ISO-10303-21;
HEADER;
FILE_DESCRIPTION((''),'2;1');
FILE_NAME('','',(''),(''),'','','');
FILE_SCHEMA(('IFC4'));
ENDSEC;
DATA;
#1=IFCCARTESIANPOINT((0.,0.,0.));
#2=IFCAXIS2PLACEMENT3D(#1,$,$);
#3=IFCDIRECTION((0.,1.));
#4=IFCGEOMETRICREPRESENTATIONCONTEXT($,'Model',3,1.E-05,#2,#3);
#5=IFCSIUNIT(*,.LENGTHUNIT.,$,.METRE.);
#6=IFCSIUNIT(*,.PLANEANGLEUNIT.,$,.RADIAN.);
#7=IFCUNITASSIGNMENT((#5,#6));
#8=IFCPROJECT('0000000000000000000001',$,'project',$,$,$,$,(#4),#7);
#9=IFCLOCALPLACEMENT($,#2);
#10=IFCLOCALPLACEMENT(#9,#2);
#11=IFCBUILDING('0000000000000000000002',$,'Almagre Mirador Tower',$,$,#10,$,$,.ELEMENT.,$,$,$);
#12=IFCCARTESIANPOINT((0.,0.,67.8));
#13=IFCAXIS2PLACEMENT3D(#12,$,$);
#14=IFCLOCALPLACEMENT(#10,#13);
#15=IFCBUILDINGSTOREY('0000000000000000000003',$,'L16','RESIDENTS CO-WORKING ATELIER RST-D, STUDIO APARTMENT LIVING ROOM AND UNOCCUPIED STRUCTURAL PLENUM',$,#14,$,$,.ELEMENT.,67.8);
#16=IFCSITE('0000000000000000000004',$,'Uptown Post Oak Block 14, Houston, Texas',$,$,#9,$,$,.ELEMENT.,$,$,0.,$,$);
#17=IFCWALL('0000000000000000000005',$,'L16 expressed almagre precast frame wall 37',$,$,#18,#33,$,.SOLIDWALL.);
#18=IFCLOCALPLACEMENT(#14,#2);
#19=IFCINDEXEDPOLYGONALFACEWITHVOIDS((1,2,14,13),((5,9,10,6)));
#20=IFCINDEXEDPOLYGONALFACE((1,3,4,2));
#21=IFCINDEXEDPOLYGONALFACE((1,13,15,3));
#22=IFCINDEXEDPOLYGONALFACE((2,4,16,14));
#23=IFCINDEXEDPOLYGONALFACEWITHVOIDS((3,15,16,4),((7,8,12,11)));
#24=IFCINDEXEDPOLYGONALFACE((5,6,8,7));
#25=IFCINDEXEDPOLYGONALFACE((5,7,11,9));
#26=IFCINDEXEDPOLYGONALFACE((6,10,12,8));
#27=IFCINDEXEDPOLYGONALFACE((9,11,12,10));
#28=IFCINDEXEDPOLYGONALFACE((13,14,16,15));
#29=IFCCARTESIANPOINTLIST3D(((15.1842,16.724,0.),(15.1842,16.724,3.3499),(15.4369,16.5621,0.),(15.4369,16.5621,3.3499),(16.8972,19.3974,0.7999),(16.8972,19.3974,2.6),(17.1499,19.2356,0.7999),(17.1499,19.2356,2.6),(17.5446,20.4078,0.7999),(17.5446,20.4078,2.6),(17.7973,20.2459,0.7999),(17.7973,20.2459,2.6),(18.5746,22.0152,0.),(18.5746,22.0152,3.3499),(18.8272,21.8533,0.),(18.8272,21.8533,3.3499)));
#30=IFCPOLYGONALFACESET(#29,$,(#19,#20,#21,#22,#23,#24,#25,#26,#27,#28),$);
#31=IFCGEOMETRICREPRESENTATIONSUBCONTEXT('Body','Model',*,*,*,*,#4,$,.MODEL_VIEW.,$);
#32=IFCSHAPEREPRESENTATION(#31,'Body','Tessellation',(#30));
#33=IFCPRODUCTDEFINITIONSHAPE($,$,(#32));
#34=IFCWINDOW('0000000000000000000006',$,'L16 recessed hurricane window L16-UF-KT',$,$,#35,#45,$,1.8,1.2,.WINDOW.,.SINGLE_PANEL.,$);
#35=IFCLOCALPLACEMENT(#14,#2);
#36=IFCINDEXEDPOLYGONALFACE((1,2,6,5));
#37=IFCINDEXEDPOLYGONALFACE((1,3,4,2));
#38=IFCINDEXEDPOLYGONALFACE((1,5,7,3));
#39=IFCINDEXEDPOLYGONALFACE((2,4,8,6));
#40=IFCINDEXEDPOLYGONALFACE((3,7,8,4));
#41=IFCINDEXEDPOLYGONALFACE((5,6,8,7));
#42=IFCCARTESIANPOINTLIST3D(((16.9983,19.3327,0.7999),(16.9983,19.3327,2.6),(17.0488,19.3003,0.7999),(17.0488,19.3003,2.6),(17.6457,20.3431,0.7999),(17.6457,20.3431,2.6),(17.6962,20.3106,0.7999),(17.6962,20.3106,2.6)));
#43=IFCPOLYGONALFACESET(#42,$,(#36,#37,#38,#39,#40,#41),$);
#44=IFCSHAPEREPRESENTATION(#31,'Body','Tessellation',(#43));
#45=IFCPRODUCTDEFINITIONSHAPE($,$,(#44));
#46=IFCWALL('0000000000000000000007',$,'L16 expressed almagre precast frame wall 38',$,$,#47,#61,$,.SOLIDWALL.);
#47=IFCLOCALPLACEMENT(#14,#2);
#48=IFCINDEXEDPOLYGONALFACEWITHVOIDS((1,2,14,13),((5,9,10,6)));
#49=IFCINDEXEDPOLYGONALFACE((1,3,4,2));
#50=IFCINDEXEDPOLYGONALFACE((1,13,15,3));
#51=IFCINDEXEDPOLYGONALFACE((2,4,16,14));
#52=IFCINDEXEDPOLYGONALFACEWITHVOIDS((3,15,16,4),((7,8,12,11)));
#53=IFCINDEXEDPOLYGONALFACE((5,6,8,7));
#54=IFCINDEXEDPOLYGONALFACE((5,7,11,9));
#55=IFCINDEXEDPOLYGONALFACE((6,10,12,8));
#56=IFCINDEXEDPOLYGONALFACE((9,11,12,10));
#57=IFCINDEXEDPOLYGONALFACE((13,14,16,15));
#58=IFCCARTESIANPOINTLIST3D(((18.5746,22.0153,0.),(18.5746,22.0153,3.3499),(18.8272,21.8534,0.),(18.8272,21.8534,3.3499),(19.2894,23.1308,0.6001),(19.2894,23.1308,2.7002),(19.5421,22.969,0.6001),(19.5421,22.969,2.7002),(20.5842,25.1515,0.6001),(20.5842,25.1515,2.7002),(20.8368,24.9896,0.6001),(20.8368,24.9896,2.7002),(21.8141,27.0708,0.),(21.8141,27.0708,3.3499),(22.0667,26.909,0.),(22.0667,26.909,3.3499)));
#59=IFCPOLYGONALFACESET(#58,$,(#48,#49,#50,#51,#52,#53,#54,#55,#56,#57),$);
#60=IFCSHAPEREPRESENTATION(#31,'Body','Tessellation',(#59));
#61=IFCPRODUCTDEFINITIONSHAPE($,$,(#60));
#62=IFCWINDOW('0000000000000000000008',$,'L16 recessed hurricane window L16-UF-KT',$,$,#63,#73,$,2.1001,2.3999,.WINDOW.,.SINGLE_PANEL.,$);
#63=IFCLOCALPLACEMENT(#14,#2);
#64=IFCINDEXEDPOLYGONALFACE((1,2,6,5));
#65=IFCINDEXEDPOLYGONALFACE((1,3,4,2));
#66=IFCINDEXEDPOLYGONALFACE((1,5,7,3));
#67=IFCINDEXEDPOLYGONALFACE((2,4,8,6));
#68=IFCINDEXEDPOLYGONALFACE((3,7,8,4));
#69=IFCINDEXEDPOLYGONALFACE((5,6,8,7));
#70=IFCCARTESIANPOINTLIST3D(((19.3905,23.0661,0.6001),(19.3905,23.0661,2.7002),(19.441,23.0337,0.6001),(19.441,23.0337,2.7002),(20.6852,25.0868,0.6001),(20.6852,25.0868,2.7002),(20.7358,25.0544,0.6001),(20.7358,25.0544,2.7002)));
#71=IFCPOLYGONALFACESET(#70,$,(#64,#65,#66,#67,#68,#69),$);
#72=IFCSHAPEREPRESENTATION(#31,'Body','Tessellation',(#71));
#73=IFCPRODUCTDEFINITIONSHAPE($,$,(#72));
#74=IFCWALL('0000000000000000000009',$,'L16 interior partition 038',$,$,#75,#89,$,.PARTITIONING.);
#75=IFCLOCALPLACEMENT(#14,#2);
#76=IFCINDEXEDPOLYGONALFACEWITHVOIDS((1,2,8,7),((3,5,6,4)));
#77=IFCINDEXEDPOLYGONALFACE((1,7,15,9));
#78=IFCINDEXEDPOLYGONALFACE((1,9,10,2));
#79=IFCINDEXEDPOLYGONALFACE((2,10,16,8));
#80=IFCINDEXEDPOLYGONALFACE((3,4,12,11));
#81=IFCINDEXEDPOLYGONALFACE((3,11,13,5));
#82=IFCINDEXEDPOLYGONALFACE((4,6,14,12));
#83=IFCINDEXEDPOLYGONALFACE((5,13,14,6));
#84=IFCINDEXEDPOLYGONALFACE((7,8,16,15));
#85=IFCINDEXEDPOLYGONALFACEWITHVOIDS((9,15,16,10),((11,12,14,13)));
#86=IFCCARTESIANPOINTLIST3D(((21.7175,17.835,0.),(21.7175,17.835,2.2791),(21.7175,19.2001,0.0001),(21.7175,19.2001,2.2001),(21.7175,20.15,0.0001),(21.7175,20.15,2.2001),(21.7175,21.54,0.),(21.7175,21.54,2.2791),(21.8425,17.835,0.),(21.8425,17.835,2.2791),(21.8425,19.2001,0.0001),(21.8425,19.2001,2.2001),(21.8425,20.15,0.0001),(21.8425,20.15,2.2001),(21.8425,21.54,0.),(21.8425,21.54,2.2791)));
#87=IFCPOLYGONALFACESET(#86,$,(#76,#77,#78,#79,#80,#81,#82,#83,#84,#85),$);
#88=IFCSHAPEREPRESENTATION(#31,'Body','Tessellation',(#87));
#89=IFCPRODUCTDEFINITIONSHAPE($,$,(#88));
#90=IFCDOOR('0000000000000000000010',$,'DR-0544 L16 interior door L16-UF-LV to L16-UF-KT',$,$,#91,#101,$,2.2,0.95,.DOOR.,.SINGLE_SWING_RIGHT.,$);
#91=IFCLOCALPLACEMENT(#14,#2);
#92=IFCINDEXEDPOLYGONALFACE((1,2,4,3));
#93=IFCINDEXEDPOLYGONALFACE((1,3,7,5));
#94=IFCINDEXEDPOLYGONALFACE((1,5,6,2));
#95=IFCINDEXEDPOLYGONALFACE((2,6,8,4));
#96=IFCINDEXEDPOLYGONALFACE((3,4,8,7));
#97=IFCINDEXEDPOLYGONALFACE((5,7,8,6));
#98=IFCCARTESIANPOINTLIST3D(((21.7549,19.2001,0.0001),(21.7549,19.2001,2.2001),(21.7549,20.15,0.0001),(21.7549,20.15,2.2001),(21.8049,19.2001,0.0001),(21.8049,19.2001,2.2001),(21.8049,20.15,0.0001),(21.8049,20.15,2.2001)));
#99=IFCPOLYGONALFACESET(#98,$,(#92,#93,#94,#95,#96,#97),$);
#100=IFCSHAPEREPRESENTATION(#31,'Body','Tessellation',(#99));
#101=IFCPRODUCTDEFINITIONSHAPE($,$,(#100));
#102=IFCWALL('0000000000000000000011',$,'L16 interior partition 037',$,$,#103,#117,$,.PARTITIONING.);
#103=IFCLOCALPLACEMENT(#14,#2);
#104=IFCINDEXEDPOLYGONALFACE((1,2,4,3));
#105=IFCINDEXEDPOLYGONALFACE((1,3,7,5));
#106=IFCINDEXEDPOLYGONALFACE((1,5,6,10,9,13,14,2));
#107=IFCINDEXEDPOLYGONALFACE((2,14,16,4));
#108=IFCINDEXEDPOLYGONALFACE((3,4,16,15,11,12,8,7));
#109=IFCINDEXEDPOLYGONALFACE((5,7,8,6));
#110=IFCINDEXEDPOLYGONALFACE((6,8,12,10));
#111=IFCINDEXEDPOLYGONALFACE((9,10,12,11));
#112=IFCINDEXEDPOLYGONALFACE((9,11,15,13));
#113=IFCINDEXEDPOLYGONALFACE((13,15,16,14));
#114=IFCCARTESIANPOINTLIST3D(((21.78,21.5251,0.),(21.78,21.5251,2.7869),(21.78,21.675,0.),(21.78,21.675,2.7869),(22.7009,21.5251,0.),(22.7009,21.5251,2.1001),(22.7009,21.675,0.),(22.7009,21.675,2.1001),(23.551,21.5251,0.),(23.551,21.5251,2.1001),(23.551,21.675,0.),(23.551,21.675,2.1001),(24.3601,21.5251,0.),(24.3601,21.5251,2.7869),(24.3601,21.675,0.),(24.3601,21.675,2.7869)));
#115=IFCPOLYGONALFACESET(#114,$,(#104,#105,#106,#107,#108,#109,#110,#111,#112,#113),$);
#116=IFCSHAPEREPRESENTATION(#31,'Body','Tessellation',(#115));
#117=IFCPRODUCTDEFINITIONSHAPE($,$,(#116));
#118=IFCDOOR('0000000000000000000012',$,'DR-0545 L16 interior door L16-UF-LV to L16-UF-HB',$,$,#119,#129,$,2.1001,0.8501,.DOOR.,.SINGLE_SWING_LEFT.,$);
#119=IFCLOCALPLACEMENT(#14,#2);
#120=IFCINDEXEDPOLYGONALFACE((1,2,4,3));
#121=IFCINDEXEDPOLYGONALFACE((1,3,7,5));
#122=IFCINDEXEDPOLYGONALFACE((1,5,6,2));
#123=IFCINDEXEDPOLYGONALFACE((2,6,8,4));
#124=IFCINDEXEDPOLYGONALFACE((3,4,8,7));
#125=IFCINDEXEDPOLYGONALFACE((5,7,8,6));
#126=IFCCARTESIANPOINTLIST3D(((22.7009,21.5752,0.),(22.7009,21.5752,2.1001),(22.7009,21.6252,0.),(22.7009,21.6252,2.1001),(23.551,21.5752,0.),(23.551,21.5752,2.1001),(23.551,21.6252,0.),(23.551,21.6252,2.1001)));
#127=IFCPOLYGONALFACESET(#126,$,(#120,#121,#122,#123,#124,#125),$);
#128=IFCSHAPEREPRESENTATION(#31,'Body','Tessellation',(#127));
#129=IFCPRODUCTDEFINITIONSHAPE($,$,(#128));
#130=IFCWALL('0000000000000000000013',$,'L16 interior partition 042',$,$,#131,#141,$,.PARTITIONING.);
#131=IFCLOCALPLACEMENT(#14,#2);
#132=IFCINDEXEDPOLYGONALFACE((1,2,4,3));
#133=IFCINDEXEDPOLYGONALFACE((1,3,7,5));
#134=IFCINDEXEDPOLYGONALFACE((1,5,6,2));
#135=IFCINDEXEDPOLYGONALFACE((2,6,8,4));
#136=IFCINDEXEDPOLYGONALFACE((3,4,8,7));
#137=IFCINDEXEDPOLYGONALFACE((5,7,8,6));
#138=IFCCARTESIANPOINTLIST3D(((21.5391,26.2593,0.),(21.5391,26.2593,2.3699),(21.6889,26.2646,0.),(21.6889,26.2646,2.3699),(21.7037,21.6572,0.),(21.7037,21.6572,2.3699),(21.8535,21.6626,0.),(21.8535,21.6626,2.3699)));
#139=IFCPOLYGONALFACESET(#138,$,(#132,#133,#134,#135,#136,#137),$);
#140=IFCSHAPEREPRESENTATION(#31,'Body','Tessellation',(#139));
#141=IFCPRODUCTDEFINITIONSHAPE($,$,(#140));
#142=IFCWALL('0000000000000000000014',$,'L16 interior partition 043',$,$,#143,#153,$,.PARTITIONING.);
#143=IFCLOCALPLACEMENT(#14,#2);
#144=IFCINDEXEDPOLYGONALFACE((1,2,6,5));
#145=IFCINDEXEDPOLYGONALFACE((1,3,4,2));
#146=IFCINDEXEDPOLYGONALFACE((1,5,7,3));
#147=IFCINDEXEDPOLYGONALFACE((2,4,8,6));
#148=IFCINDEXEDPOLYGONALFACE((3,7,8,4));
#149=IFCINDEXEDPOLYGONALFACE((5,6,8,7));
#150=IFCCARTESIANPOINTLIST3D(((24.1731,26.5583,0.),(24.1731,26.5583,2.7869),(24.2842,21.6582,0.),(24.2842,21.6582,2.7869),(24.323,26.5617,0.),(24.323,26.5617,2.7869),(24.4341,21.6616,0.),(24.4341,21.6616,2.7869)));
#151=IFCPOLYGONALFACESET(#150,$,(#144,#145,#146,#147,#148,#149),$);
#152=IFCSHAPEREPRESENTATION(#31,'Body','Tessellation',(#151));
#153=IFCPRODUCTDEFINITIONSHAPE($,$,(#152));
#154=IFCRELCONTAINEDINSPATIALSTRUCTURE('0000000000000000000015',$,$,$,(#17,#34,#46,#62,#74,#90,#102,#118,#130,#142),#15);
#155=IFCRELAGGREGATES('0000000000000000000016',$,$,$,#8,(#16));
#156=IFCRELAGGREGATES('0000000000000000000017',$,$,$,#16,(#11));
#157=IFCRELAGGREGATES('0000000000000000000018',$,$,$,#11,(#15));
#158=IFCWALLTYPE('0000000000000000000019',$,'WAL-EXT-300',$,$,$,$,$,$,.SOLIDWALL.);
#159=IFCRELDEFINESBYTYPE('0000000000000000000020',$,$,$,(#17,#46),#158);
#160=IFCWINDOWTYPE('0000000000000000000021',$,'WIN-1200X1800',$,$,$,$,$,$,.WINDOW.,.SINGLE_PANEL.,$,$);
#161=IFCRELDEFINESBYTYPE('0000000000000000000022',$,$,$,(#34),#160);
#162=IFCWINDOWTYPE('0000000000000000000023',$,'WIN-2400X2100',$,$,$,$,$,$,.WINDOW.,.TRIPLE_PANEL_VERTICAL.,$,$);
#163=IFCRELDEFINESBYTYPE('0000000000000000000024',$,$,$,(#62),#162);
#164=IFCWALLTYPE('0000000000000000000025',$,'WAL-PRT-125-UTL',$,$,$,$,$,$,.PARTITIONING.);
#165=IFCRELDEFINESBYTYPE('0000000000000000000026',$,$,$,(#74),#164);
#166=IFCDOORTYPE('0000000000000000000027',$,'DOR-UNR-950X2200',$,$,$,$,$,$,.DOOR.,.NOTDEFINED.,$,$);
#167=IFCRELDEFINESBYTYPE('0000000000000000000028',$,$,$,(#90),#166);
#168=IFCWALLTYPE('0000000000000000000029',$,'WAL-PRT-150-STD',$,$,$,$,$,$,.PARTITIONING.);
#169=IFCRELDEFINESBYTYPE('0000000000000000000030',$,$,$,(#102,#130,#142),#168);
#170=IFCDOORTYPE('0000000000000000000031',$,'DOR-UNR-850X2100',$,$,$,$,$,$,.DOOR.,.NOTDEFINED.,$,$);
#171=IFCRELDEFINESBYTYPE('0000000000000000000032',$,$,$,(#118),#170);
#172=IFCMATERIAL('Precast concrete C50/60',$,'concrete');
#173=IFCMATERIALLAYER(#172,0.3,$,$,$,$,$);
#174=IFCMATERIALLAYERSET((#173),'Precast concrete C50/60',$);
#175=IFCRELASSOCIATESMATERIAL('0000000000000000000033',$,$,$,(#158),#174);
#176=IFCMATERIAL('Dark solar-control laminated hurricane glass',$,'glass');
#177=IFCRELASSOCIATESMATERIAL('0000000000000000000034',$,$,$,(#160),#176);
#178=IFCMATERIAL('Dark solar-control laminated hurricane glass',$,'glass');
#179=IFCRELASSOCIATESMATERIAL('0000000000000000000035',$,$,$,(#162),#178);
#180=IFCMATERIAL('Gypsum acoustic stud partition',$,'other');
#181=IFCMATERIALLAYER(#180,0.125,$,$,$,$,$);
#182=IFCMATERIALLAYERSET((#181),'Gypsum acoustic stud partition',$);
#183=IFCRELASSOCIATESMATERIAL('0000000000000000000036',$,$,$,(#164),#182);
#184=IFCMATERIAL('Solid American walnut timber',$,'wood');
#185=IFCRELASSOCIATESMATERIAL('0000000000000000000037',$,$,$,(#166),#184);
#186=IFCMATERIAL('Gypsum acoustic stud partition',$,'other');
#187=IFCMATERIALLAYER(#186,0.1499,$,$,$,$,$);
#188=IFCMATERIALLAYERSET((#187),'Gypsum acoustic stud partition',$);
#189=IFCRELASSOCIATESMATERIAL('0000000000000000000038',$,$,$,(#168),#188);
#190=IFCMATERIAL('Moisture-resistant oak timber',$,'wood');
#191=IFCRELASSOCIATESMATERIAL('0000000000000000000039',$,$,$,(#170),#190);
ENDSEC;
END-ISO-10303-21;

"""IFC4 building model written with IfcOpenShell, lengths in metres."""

from ifc_helpers import new_model, si_unit, direction, frame, frame_2d, origin, place, context, subcontext, project, spatial, rectangle, extrude, material, layer, layer_set, type_object, element, fill, save


model = new_model("IFC4")

# Units and contexts
model_context = context("Model", 3, precision=1e-05, world=origin(), true_north=direction((0.0, 1.0)))
body_context = subcontext(model_context, "Body", "Model", "MODEL_VIEW")
ifc_project = project(units=[si_unit("LENGTHUNIT", "METRE"), si_unit("PLANEANGLEUNIT", "RADIAN")], contexts=[model_context])

# Site, building, storey
site_placement = place(None, origin())
site = spatial("IfcSite", under=ifc_project, at=site_placement, Name="Uptown Post Oak Block 14, Houston, Texas", CompositionType="ELEMENT", RefElevation=0.0)
building_placement = place(site_placement, origin())
building = spatial("IfcBuilding", under=site, at=building_placement, Name="Almagre Mirador Tower", CompositionType="ELEMENT")
storey_placement = place(building_placement, frame((0.0, 0.0, 67.8)))
storey = spatial("IfcBuildingStorey", under=building, at=storey_placement, Name="L16", Description="RESIDENTS CO-WORKING ATELIER RST-D, STUDIO APARTMENT LIVING ROOM AND UNOCCUPIED STRUCTURAL PLENUM", CompositionType="ELEMENT", Elevation=67.8)

# Walls, openings, windows
ifc_material_1 = material(Name="Precast concrete C50/60", Category="concrete")
ifc_layer_1 = layer(ifc_material_1, 0.3)
ifc_layer_set_1 = layer_set([ifc_layer_1], Name="Precast concrete C50/60")
wall_type_1 = type_object("IfcWallType", Name="WAL-EXT-300", PredefinedType="SOLIDWALL", material=ifc_layer_set_1)
wall_1_placement = place(storey_placement, frame((15.3105, 16.6431, 0.0), z_axis=(0.0, 0.0, 1.0), x_axis=(0.539502, 0.841984, 0.0)))
wall_1 = element("IfcWall", 1, at=wall_1_placement, inside=storey, type_object=wall_type_1, Name="L16 expressed almagre precast frame wall 37", PredefinedType="SOLIDWALL", context=body_context, shape_type="SweptSolid", body=[
    extrude(rectangle(XDim=6.2842, YDim=0.3, at=frame_2d((3.1421, 0.0))), origin(), (0.0, 0.0, 1.0), 3.3499),
])
opening_1_placement = place(wall_1_placement, frame((3.175, 0.0, 0.8)))
opening_1 = element("IfcOpeningElement", 2, at=opening_1_placement, cuts=wall_1, PredefinedType="OPENING", context=body_context, shape_type="SweptSolid", body=[
    extrude(rectangle(XDim=1.2, YDim=1.8, at=frame_2d((0.6001, 0.8999))), frame((0.0, 0.1599, 0.0), z_axis=(0.0, -1.0, 0.0), x_axis=(1.0, 0.0, 0.0)), (0.0, 0.0, 1.0), 0.32),
])
ifc_material_2 = material(Name="Dark solar-control laminated hurricane glass", Category="glass")
window_type_1 = type_object("IfcWindowType", Name="WIN-1200X1800", PartitioningType="SINGLE_PANEL", PredefinedType="WINDOW", material=ifc_material_2)
window_1_placement = place(opening_1_placement, origin())
window_1 = element("IfcWindow", 3, at=window_1_placement, inside=storey, type_object=window_type_1, Name="L16 recessed hurricane window L16-UF-KT", OverallHeight=1.8, OverallWidth=1.2, PartitioningType="SINGLE_PANEL", PredefinedType="WINDOW", context=body_context, shape_type="SweptSolid", body=[
    extrude(rectangle(XDim=1.2, YDim=1.8, at=frame_2d((0.6001, 0.8999))), frame((0.0, 0.03, 0.0), z_axis=(0.0, -1.0, 0.0), x_axis=(1.0, 0.0, 0.0)), (0.0, 0.0, 1.0), 0.0601),
])
fill(opening_1, window_1)
wall_2_placement = place(storey_placement, frame((18.7009, 21.9343, 0.0), z_axis=(0.0, 0.0, 1.0), x_axis=(0.539512, 0.841978, 0.0)))
wall_2 = element("IfcWall", 4, at=wall_2_placement, inside=storey, type_object=wall_type_1, Name="L16 expressed almagre precast frame wall 38", PredefinedType="SOLIDWALL", context=body_context, shape_type="SweptSolid", body=[
    extrude(rectangle(XDim=6.0044, YDim=0.3, at=frame_2d((3.0022, 0.0))), origin(), (0.0, 0.0, 1.0), 3.3499),
])
opening_2_placement = place(wall_2_placement, frame((1.325, 0.0, 0.6001)))
opening_2 = element("IfcOpeningElement", 5, at=opening_2_placement, cuts=wall_2, PredefinedType="OPENING", context=body_context, shape_type="SweptSolid", body=[
    extrude(rectangle(XDim=2.3999, YDim=2.1001, at=frame_2d((1.2, 1.05))), frame((0.0, 0.1599, 0.0), z_axis=(0.0, -1.0, 0.0), x_axis=(1.0, 0.0, 0.0)), (0.0, 0.0, 1.0), 0.32),
])
ifc_material_3 = material(Name="Dark solar-control laminated hurricane glass", Category="glass")
window_type_2 = type_object("IfcWindowType", Name="WIN-2400X2100", PartitioningType="TRIPLE_PANEL_VERTICAL", PredefinedType="WINDOW", material=ifc_material_3)
window_2_placement = place(opening_2_placement, origin())
window_2 = element("IfcWindow", 6, at=window_2_placement, inside=storey, type_object=window_type_2, Name="L16 recessed hurricane window L16-UF-KT", OverallHeight=2.1001, OverallWidth=2.3999, PartitioningType="SINGLE_PANEL", PredefinedType="WINDOW", context=body_context, shape_type="SweptSolid", body=[
    extrude(rectangle(XDim=2.3999, YDim=2.1001, at=frame_2d((1.2, 1.05))), frame((0.0, 0.03, 0.0), z_axis=(0.0, -1.0, 0.0), x_axis=(1.0, 0.0, 0.0)), (0.0, 0.0, 1.0), 0.0601),
])
fill(opening_2, window_2)

# Walls, openings, doors
ifc_material_4 = material(Name="Gypsum acoustic stud partition", Category="other")
ifc_layer_2 = layer(ifc_material_4, 0.125)
ifc_layer_set_2 = layer_set([ifc_layer_2], Name="Gypsum acoustic stud partition")
wall_type_2 = type_object("IfcWallType", Name="WAL-PRT-125-UTL", PredefinedType="PARTITIONING", material=ifc_layer_set_2)
wall_3_placement = place(storey_placement, frame((21.78, 21.54, 0.0), z_axis=(0.0, 0.0, 1.0), x_axis=(0.0, -1.0, 0.0)))
wall_3 = element("IfcWall", 7, at=wall_3_placement, inside=storey, type_object=wall_type_2, Name="L16 interior partition 038", PredefinedType="PARTITIONING", context=body_context, shape_type="SweptSolid", body=[
    extrude(rectangle(XDim=3.7051, YDim=0.125, at=frame_2d((1.8525, 0.0))), origin(), (0.0, 0.0, 1.0), 2.2791),
])
opening_3_placement = place(wall_3_placement, frame((1.3899, 0.0, 0.0)))
opening_3 = element("IfcOpeningElement", 8, at=opening_3_placement, cuts=wall_3, PredefinedType="OPENING", context=body_context, shape_type="SweptSolid", body=[
    extrude(rectangle(XDim=0.95, YDim=2.2, at=frame_2d((0.4751, 1.1001))), frame((0.0, 0.0725, 0.0), z_axis=(0.0, -1.0, 0.0), x_axis=(1.0, 0.0, 0.0)), (0.0, 0.0, 1.0), 0.145),
])
ifc_material_5 = material(Name="Solid American walnut timber", Category="wood")
door_type_1 = type_object("IfcDoorType", Name="DOR-UNR-950X2200", OperationType="NOTDEFINED", PredefinedType="DOOR", material=ifc_material_5)
door_1_placement = place(opening_3_placement, origin())
door_1 = element("IfcDoor", 9, at=door_1_placement, inside=storey, type_object=door_type_1, Name="DR-0544 L16 interior door L16-UF-LV to L16-UF-KT", OperationType="SINGLE_SWING_RIGHT", OverallHeight=2.2, OverallWidth=0.95, PredefinedType="DOOR", context=body_context, shape_type="SweptSolid", body=[
    extrude(rectangle(XDim=0.95, YDim=2.2, at=frame_2d((0.4751, 1.1001))), frame((0.0, 0.0249, 0.0), z_axis=(0.0, -1.0, 0.0), x_axis=(1.0, 0.0, 0.0)), (0.0, 0.0, 1.0), 0.05),
])
fill(opening_3, door_1)
ifc_material_6 = material(Name="Gypsum acoustic stud partition", Category="other")
ifc_layer_3 = layer(ifc_material_6, 0.1499)
ifc_layer_set_3 = layer_set([ifc_layer_3], Name="Gypsum acoustic stud partition")
wall_type_3 = type_object("IfcWallType", Name="WAL-PRT-150-STD", PredefinedType="PARTITIONING", material=ifc_layer_set_3)
wall_4_placement = place(storey_placement, frame((24.3601, 21.6001, 0.0), z_axis=(0.0, 0.0, 1.0), x_axis=(-1.0, 0.0, 0.0)))
wall_4 = element("IfcWall", 10, at=wall_4_placement, inside=storey, type_object=wall_type_3, Name="L16 interior partition 037", PredefinedType="PARTITIONING", context=body_context, shape_type="SweptSolid", body=[
    extrude(rectangle(XDim=2.5801, YDim=0.1499, at=frame_2d((1.29, 0.0))), origin(), (0.0, 0.0, 1.0), 2.7869),
])
opening_4_placement = place(wall_4_placement, frame((0.8091, 0.0, 0.0)))
opening_4 = element("IfcOpeningElement", 11, at=opening_4_placement, cuts=wall_4, PredefinedType="OPENING", context=body_context, shape_type="SweptSolid", body=[
    extrude(rectangle(XDim=0.8501, YDim=2.1001, at=frame_2d((0.425, 1.05))), frame((0.0, 0.085, 0.0), z_axis=(0.0, -1.0, 0.0), x_axis=(1.0, 0.0, 0.0)), (0.0, 0.0, 1.0), 0.1699),
])
ifc_material_7 = material(Name="Moisture-resistant oak timber", Category="wood")
door_type_2 = type_object("IfcDoorType", Name="DOR-UNR-850X2100", OperationType="NOTDEFINED", PredefinedType="DOOR", material=ifc_material_7)
door_2_placement = place(opening_4_placement, origin())
door_2 = element("IfcDoor", 12, at=door_2_placement, inside=storey, type_object=door_type_2, Name="DR-0545 L16 interior door L16-UF-LV to L16-UF-HB", OperationType="SINGLE_SWING_LEFT", OverallHeight=2.1001, OverallWidth=0.8501, PredefinedType="DOOR", context=body_context, shape_type="SweptSolid", body=[
    extrude(rectangle(XDim=0.8501, YDim=2.1001, at=frame_2d((0.425, 1.05))), frame((0.0, 0.0249, 0.0), z_axis=(0.0, -1.0, 0.0), x_axis=(1.0, 0.0, 0.0)), (0.0, 0.0, 1.0), 0.05),
])
fill(opening_4, door_2)

# Walls
wall_5_placement = place(storey_placement, frame((21.614, 26.262, 0.0), z_axis=(0.0, 0.0, 1.0), x_axis=(0.035733, -0.999361, 0.0)))
element("IfcWall", 13, at=wall_5_placement, inside=storey, type_object=wall_type_3, Name="L16 interior partition 042", PredefinedType="PARTITIONING", context=body_context, shape_type="SweptSolid", body=[
    extrude(rectangle(XDim=4.605, YDim=0.1499, at=frame_2d((2.3025, 0.0))), origin(), (0.0, 0.0, 1.0), 2.3699),
])
wall_6_placement = place(storey_placement, frame((24.3591, 21.6599, 0.0), z_axis=(0.0, 0.0, 1.0), x_axis=(-0.022664, 0.999743, 0.0)))
element("IfcWall", 14, at=wall_6_placement, inside=storey, type_object=wall_type_3, Name="L16 interior partition 043", PredefinedType="PARTITIONING", context=body_context, shape_type="SweptSolid", body=[
    extrude(rectangle(XDim=4.9014, YDim=0.1499, at=frame_2d((2.4507, 0.0))), origin(), (0.0, 0.0, 1.0), 2.7869),
])

save(model, "model.ifc")
